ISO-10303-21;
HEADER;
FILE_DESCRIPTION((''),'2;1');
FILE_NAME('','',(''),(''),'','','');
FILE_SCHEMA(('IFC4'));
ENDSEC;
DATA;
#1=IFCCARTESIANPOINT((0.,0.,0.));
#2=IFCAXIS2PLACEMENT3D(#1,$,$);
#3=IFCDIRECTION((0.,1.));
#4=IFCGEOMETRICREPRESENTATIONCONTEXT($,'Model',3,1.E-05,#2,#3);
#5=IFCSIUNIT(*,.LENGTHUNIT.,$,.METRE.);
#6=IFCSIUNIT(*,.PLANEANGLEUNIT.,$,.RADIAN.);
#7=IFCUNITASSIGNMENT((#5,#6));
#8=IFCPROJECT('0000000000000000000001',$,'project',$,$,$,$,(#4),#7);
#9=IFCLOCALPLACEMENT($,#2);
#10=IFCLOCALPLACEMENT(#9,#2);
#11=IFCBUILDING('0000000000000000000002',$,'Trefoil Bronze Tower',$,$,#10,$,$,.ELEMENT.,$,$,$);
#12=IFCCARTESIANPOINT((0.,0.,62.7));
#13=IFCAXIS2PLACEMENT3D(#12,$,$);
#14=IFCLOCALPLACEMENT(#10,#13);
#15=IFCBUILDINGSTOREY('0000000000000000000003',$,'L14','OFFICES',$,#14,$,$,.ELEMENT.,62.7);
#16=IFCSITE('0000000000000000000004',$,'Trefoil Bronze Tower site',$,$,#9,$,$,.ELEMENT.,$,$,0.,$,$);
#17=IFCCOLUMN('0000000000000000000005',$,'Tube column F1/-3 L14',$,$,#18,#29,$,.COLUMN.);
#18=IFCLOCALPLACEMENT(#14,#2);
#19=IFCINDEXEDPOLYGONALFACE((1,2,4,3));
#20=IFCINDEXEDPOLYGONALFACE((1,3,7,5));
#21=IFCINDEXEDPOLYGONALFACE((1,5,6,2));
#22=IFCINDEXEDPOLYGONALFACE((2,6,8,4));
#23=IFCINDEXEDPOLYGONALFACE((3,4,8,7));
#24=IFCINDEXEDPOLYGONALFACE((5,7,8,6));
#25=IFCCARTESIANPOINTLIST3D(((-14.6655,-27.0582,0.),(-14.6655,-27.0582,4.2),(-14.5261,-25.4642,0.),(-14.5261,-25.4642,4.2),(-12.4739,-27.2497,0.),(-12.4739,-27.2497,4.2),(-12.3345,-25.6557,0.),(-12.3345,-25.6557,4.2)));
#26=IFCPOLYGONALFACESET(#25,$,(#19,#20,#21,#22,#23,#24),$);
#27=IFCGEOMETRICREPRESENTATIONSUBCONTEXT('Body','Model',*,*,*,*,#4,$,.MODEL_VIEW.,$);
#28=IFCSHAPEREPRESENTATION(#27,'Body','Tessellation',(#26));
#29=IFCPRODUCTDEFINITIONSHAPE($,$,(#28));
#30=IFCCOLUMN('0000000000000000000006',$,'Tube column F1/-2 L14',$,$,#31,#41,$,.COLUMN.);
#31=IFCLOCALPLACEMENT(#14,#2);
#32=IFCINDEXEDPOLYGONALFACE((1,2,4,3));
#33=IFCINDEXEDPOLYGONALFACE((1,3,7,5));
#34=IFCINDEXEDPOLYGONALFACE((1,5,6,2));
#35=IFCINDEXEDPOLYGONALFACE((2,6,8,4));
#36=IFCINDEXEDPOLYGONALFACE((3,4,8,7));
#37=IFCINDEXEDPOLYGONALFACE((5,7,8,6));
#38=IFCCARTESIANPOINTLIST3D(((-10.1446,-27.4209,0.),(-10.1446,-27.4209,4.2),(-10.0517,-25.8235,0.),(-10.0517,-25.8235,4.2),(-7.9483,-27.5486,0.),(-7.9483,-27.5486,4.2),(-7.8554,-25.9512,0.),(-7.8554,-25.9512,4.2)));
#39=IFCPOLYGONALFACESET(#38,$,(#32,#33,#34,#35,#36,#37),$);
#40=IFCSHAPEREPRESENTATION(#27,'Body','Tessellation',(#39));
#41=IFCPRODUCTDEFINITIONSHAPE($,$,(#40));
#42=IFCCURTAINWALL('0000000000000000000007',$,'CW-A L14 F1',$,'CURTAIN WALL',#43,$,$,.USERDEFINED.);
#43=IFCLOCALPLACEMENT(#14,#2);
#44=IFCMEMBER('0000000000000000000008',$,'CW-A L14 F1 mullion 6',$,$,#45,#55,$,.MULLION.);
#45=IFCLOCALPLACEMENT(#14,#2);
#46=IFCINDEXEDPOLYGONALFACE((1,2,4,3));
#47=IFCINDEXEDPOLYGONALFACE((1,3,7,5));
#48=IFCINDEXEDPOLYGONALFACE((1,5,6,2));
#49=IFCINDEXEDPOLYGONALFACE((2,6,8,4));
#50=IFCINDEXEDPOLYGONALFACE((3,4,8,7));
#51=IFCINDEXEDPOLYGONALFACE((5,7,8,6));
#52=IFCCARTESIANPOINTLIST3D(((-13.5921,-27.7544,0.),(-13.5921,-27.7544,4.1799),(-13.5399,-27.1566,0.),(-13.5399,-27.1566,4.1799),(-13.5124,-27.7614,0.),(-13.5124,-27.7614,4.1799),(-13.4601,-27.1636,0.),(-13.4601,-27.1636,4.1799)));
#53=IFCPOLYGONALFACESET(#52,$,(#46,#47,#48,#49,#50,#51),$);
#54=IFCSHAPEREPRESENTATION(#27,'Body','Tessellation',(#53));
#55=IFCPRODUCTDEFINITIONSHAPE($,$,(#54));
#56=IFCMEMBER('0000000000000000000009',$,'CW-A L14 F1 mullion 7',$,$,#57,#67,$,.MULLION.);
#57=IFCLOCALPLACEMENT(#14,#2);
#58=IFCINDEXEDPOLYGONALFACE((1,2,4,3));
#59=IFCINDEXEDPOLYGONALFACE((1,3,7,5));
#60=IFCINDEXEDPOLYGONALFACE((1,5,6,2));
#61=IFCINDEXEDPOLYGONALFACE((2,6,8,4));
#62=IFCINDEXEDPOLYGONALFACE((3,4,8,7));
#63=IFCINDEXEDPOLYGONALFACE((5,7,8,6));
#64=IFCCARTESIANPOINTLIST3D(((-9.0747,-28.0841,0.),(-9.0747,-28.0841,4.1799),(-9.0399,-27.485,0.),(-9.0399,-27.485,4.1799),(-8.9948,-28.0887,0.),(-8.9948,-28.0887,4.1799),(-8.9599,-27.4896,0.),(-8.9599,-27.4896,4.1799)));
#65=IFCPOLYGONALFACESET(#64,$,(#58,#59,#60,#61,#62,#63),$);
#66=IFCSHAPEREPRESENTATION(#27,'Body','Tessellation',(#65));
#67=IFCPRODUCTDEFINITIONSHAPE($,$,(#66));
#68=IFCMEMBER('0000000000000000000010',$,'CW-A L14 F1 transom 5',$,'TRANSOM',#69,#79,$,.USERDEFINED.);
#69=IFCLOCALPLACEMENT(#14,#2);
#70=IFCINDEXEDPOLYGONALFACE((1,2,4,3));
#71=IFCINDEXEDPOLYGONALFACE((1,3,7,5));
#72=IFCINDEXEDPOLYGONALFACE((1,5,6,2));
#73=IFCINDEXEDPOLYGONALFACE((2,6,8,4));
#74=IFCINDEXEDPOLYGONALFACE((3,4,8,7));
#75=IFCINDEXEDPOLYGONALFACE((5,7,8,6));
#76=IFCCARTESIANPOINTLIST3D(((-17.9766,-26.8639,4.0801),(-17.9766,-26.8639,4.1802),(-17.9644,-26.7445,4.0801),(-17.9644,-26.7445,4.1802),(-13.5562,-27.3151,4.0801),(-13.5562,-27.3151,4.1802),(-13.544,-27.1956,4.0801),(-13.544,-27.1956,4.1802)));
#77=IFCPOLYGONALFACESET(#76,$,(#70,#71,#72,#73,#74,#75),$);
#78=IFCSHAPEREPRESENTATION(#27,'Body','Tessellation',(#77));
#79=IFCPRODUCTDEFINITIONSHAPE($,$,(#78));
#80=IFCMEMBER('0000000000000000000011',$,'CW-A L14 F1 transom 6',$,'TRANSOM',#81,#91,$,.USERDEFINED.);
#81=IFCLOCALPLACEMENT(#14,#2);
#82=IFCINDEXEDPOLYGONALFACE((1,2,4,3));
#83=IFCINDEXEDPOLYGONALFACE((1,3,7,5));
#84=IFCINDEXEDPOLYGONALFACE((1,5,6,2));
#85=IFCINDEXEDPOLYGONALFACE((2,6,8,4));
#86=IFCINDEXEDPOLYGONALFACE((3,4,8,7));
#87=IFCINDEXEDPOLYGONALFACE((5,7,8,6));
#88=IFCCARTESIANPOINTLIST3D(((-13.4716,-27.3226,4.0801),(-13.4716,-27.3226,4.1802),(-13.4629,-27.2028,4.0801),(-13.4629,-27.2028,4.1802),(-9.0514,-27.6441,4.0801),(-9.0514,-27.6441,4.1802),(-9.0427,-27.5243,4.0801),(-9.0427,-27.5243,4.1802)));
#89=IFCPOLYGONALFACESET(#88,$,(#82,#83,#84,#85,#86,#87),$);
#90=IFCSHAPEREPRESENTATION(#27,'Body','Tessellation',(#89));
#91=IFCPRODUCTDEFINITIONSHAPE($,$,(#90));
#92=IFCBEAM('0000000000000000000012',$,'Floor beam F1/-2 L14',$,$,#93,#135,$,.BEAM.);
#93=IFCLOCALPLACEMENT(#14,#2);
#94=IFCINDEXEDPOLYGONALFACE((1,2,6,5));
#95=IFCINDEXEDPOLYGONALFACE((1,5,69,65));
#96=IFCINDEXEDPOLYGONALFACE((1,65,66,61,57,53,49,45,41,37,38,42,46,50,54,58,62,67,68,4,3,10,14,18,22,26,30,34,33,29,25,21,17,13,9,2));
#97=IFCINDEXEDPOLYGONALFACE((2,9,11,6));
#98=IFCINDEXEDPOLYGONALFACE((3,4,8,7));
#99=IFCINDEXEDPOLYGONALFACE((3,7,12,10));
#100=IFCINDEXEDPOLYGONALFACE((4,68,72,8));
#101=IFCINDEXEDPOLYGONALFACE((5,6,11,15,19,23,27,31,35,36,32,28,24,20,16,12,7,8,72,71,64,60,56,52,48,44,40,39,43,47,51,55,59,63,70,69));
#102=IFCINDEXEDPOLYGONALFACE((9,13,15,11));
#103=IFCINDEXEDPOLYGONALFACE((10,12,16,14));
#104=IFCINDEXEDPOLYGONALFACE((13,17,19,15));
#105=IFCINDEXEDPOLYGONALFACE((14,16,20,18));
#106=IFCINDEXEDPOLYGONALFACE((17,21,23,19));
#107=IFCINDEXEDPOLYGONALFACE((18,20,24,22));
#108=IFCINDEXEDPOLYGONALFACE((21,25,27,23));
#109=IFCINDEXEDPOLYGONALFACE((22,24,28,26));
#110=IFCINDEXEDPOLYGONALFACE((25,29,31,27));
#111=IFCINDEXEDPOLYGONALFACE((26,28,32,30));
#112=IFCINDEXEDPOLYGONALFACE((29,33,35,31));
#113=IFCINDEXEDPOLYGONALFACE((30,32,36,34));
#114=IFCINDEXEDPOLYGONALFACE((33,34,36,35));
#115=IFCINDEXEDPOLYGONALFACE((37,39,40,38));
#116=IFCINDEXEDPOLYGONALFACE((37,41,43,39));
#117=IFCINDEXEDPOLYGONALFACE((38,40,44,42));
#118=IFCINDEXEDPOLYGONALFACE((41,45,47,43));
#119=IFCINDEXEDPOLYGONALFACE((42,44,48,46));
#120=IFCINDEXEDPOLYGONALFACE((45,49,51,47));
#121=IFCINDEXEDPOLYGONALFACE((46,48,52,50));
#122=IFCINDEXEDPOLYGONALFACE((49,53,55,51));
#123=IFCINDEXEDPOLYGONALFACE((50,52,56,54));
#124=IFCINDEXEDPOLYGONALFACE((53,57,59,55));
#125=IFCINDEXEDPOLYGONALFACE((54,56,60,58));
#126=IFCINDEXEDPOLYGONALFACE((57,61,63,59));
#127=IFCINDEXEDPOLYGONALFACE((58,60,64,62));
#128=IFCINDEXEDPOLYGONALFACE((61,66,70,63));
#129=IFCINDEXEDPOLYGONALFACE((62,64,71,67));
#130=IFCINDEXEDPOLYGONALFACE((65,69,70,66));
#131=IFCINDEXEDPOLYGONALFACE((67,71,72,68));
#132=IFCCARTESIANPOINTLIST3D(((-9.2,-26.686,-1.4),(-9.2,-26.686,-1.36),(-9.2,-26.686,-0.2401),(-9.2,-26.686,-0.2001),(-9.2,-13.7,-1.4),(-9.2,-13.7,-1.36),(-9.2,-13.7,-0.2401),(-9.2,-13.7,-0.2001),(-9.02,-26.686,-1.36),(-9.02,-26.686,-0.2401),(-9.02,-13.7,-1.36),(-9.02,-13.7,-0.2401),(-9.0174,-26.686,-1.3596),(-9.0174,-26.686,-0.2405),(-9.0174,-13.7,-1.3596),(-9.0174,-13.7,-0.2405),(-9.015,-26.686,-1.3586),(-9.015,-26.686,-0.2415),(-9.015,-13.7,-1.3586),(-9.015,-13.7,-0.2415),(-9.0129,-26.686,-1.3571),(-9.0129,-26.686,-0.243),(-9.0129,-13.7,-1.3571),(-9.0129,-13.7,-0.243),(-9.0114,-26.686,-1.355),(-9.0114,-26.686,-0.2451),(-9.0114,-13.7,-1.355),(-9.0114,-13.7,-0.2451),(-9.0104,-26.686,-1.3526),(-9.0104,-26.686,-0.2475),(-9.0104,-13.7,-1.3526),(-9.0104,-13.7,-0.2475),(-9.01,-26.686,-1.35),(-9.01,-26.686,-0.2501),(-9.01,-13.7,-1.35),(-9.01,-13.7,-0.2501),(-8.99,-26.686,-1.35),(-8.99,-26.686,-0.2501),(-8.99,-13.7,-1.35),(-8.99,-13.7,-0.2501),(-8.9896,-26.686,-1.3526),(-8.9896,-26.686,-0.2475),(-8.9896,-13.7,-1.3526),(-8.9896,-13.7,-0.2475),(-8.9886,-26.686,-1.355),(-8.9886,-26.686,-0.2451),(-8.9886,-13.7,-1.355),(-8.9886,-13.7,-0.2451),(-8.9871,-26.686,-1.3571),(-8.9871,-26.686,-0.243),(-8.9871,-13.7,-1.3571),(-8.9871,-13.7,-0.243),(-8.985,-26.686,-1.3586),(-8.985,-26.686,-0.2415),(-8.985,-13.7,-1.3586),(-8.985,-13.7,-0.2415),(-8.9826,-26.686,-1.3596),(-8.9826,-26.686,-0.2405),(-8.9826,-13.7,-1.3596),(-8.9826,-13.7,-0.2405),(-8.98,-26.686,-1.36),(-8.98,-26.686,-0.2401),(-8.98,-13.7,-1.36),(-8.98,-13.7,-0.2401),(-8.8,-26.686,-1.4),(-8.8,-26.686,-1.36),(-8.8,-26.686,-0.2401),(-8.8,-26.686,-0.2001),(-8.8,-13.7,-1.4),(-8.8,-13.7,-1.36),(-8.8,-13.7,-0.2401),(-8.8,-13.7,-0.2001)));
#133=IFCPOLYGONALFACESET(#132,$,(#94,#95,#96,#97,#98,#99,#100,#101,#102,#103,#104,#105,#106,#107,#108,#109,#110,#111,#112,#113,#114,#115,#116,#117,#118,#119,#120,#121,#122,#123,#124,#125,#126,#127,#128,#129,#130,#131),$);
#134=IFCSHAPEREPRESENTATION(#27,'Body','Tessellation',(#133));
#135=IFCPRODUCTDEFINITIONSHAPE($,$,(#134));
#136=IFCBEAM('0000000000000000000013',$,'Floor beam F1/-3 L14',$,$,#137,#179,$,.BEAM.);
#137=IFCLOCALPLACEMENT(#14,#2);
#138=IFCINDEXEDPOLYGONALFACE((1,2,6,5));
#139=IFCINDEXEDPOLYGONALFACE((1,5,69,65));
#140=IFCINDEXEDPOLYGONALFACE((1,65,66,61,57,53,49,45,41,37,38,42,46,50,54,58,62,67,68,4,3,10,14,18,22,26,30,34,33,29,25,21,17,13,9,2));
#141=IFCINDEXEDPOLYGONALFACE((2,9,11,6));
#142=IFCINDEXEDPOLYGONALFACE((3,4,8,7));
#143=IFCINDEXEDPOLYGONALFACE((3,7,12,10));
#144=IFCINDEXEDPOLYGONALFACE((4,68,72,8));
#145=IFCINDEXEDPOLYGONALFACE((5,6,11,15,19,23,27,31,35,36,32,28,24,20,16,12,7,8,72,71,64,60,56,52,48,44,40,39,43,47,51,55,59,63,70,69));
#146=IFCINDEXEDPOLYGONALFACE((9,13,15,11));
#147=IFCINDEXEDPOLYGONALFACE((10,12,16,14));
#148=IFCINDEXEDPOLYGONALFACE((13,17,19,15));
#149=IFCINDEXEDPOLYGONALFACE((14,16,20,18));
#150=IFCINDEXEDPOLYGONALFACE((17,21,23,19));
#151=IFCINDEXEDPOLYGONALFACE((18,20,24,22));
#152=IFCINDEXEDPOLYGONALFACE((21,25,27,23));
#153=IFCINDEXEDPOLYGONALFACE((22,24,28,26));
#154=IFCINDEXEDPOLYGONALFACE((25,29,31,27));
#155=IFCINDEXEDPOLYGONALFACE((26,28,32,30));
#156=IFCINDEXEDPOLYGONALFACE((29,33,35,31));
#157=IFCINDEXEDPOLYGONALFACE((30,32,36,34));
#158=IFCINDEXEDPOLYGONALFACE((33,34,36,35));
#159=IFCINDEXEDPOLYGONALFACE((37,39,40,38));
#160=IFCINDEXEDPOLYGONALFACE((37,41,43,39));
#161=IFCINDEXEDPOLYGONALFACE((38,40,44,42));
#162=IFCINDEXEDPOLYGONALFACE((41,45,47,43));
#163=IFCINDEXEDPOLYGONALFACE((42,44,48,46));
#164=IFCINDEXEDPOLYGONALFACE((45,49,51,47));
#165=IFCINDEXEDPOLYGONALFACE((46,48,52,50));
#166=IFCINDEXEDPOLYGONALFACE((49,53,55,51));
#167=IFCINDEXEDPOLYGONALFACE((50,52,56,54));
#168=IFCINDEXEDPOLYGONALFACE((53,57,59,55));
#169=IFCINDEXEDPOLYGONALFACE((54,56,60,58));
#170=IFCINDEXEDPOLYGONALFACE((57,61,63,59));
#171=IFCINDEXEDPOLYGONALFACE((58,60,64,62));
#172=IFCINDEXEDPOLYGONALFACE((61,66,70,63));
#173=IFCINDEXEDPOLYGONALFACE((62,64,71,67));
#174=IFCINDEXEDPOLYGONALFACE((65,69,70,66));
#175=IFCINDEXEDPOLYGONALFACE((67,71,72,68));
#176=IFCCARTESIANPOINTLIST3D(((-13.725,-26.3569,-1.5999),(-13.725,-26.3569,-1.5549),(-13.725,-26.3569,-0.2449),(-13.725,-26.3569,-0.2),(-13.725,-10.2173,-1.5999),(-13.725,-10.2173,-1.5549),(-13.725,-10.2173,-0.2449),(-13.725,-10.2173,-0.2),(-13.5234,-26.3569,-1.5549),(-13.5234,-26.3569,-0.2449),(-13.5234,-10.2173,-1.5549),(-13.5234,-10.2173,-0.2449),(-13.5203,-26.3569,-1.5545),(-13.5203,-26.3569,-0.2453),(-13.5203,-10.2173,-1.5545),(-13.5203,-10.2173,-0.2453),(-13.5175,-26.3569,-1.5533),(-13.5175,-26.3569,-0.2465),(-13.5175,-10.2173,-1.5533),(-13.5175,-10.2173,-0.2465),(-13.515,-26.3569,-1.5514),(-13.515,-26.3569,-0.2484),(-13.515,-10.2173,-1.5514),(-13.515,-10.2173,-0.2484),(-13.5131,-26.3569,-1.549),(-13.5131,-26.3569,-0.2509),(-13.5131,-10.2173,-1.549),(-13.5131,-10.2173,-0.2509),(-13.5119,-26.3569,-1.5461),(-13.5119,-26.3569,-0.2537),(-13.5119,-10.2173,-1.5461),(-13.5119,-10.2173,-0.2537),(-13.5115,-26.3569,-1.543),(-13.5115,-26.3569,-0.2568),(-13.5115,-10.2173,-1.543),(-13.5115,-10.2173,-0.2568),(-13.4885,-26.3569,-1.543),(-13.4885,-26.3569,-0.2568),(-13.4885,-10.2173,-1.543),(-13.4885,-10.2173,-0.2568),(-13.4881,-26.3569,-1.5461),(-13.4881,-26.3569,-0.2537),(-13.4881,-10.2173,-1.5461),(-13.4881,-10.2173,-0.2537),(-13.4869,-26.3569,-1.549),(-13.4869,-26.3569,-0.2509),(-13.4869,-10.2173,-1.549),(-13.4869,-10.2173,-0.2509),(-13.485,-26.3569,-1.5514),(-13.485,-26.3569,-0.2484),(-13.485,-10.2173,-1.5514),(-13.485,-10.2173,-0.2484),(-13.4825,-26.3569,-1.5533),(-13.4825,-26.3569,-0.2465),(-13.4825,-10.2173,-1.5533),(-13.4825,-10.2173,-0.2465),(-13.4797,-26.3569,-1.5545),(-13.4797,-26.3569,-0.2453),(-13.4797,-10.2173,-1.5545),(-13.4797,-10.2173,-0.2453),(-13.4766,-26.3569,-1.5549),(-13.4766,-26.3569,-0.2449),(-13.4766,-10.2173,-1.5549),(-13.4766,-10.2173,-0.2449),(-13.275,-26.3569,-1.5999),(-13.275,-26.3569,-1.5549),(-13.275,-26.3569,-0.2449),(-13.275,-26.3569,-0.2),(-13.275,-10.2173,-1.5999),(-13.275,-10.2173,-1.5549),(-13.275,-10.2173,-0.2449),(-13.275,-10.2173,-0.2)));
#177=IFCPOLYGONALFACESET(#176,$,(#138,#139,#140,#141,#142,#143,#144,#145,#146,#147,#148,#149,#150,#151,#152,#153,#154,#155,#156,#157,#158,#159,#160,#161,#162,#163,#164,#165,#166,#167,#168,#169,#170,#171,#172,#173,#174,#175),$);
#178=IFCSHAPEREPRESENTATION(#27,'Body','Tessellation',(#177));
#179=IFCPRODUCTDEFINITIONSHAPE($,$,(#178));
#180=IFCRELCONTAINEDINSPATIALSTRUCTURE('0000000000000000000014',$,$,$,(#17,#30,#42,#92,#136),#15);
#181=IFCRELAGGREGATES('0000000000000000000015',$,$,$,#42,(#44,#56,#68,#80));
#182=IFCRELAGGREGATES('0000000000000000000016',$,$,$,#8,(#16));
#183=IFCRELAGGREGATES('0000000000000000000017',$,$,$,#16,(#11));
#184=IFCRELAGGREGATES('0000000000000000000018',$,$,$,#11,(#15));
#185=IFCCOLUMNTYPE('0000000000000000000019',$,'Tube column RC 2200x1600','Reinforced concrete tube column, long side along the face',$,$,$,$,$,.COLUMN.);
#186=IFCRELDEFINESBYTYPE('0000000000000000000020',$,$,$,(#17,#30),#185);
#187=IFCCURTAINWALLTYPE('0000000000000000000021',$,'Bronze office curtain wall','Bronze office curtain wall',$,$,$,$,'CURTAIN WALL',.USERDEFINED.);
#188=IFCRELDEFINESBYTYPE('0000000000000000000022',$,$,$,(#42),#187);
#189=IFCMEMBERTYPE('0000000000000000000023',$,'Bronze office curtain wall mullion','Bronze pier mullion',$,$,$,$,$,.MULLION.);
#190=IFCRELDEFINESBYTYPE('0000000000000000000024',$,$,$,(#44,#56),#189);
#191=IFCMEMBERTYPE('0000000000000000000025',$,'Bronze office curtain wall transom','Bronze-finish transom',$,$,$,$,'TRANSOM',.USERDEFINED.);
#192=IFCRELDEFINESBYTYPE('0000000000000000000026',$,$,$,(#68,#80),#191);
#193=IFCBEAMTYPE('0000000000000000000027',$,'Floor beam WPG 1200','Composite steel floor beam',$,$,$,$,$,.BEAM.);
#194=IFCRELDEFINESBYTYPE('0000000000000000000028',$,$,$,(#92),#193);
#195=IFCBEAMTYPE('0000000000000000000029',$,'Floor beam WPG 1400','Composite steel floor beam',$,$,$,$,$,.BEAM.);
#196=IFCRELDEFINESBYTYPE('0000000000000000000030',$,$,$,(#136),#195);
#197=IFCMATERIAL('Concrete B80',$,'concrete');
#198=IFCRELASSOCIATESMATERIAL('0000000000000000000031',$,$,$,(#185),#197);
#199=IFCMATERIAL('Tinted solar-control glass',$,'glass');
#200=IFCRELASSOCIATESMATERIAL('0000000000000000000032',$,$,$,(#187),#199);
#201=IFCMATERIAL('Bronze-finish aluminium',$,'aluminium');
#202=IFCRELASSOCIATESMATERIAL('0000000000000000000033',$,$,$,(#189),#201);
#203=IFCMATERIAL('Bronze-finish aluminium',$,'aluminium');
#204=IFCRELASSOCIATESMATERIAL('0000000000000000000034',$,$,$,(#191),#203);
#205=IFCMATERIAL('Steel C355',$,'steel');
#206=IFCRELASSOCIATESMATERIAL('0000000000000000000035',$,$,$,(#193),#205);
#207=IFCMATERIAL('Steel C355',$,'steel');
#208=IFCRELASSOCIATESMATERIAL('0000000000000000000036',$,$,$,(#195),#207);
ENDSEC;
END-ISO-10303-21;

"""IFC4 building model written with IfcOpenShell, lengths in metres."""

from ifc_helpers import new_model, si_unit, direction, frame, origin, origin_2d, place, context, subcontext, project, spatial, rectangle, i_section, extrude, material, material_profile, profile_set, type_object, element, aggregate, save


model = new_model("IFC4")

# Units and contexts
model_context = context("Model", 3, precision=1e-05, world=origin(), true_north=direction((0.0, 1.0)))
body_context = subcontext(model_context, "Body", "Model", "MODEL_VIEW")
ifc_project = project(units=[si_unit("LENGTHUNIT", "METRE"), si_unit("PLANEANGLEUNIT", "RADIAN")], contexts=[model_context])

# Site, building, storey
site_placement = place(None, origin())
site = spatial("IfcSite", under=ifc_project, at=site_placement, Name="Trefoil Bronze Tower site", CompositionType="ELEMENT", RefElevation=0.0)
building_placement = place(site_placement, origin())
building = spatial("IfcBuilding", under=site, at=building_placement, Name="Trefoil Bronze Tower", CompositionType="ELEMENT")
storey_placement = place(building_placement, frame((0.0, 0.0, 62.7)))
storey = spatial("IfcBuildingStorey", under=building, at=storey_placement, Name="L14", Description="OFFICES", CompositionType="ELEMENT", Elevation=62.7)

# Columns
ifc_material_1 = material(Name="Concrete B80", Category="concrete")
ifc_material_profile_1 = material_profile(ifc_material_1, rectangle(XDim=2.2, YDim=1.6001, at=origin_2d()), Name="RC 2200x1600")
ifc_profile_set_1 = profile_set([ifc_material_profile_1], Name="Concrete B80")
column_type = type_object("IfcColumnType", Name="Tube column RC 2200x1600", Description="Reinforced concrete tube column, long side along the face", PredefinedType="COLUMN", material=ifc_profile_set_1)
for number, where, z_axis, x_axis, name in (
    (1, (-13.5, -26.3569, 0.0), (0.0, 0.0, 1.0), (0.996203, -0.087065, 0.0), "Tube column F1/-3 L14"),
    (2, (-9.0, -26.686, 0.0), (0.0, 0.0, 1.0), (0.998314, -0.058043, 0.0), "Tube column F1/-2 L14"),
):
    element("IfcColumn", number, at=place(storey_placement, frame(where, z_axis=z_axis, x_axis=x_axis)), inside=storey, type_object=column_type, Name=name, PredefinedType="COLUMN", context=body_context, shape_type="SweptSolid", body=[
        extrude(rectangle(XDim=2.2, YDim=1.6001, at=origin_2d()), origin(), (0.0, 0.0, 1.0), 4.2),
    ])

# Curtain wall, members
ifc_material_2 = material(Name="Tinted solar-control glass", Category="glass")
curtain_wall_type = type_object("IfcCurtainWallType", Name="Bronze office curtain wall", Description="Bronze office curtain wall", ElementType="CURTAIN WALL", PredefinedType="USERDEFINED", material=ifc_material_2)
curtain_wall_placement = place(storey_placement, origin())
curtain_wall = element("IfcCurtainWall", 3, at=curtain_wall_placement, inside=storey, type_object=curtain_wall_type, Name="CW-A L14 F1", ObjectType="CURTAIN WALL", PredefinedType="USERDEFINED")
ifc_material_3 = material(Name="Bronze-finish aluminium", Category="aluminium")
ifc_material_profile_2 = material_profile(ifc_material_3, rectangle(XDim=0.6001, YDim=0.0801, at=origin_2d()), Name="CW-A mullion")
ifc_profile_set_2 = profile_set([ifc_material_profile_2], Name="Bronze-finish aluminium")
member_type_1 = type_object("IfcMemberType", Name="Bronze office curtain wall mullion", Description="Bronze pier mullion", PredefinedType="MULLION", material=ifc_profile_set_2)
member_1_placement = place(storey_placement, frame((-13.5261, -27.459, 0.0), z_axis=(0.0, 0.0, 1.0), x_axis=(0.087065, 0.996203, 0.0)))
member_1 = element("IfcMember", 4, at=member_1_placement, type_object=member_type_1, Name="CW-A L14 F1 mullion 6", PredefinedType="MULLION", context=body_context, shape_type="SweptSolid", body=[
    extrude(rectangle(XDim=0.6001, YDim=0.0801, at=origin_2d()), origin(), (0.0, 0.0, 1.0), 4.1799),
])
member_2_placement = place(storey_placement, frame((-9.0173, -27.7869, 0.0), z_axis=(0.0, 0.0, 1.0), x_axis=(0.058043, 0.998314, 0.0)))
member_2 = element("IfcMember", 5, at=member_2_placement, type_object=member_type_1, Name="CW-A L14 F1 mullion 7", PredefinedType="MULLION", context=body_context, shape_type="SweptSolid", body=[
    extrude(rectangle(XDim=0.6001, YDim=0.0801, at=origin_2d()), origin(), (0.0, 0.0, 1.0), 4.1799),
])
ifc_material_4 = material(Name="Bronze-finish aluminium", Category="aluminium")
ifc_material_profile_3 = material_profile(ifc_material_4, rectangle(XDim=0.1201, YDim=0.1001, at=origin_2d()), Name="CW-A transom")
ifc_profile_set_3 = profile_set([ifc_material_profile_3], Name="Bronze-finish aluminium")
member_type_2 = type_object("IfcMemberType", Name="Bronze office curtain wall transom", Description="Bronze-finish transom", ElementType="TRANSOM", PredefinedType="USERDEFINED", material=ifc_profile_set_3)
member_3_placement = place(storey_placement, frame((-17.9705, -26.8042, 4.1301), z_axis=(0.994832, -0.101538, 0.0), x_axis=(0.101538, 0.994832, 0.0)))
member_3 = element("IfcMember", 6, at=member_3_placement, type_object=member_type_2, Name="CW-A L14 F1 transom 5", ObjectType="TRANSOM", PredefinedType="USERDEFINED", context=body_context, shape_type="SweptSolid", body=[
    extrude(rectangle(XDim=0.1201, YDim=0.1001, at=origin_2d()), origin(), (0.0, 0.0, 1.0), 4.4434),
])
member_4_placement = place(storey_placement, frame((-13.4673, -27.2627, 4.1301), z_axis=(0.997365, -0.072551, 0.0), x_axis=(0.072551, 0.997365, 0.0)))
member_4 = element("IfcMember", 7, at=member_4_placement, type_object=member_type_2, Name="CW-A L14 F1 transom 6", ObjectType="TRANSOM", PredefinedType="USERDEFINED", context=body_context, shape_type="SweptSolid", body=[
    extrude(rectangle(XDim=0.1201, YDim=0.1001, at=origin_2d()), origin(), (0.0, 0.0, 1.0), 4.4319),
])

# Beams
ifc_material_5 = material(Name="Steel C355", Category="steel")
ifc_material_profile_4 = material_profile(ifc_material_5, i_section(OverallWidth=0.3999, OverallDepth=1.2, WebThickness=0.02, FlangeThickness=0.04, FilletRadius=0.01, at=origin_2d()), Name="WPG 1200")
ifc_profile_set_4 = profile_set([ifc_material_profile_4], Name="Steel C355")
beam_type_1 = type_object("IfcBeamType", Name="Floor beam WPG 1200", Description="Composite steel floor beam", PredefinedType="BEAM", material=ifc_profile_set_4)
beam_1_placement = place(storey_placement, frame((-9.0, -26.686, -0.8), z_axis=(0.0, 1.0, 0.0), x_axis=(-1.0, 0.0, 0.0)))
element("IfcBeam", 8, at=beam_1_placement, inside=storey, type_object=beam_type_1, Name="Floor beam F1/-2 L14", PredefinedType="BEAM", context=body_context, shape_type="SweptSolid", body=[
    extrude(i_section(OverallWidth=0.3999, OverallDepth=1.2, WebThickness=0.02, FlangeThickness=0.04, FilletRadius=0.01, at=origin_2d()), origin(), (0.0, 0.0, 1.0), 12.9861),
])
ifc_material_6 = material(Name="Steel C355", Category="steel")
ifc_material_profile_5 = material_profile(ifc_material_6, i_section(OverallWidth=0.45, OverallDepth=1.3999, WebThickness=0.0229, FlangeThickness=0.0449, FilletRadius=0.012, at=origin_2d()), Name="WPG 1400")
ifc_profile_set_5 = profile_set([ifc_material_profile_5], Name="Steel C355")
beam_type_2 = type_object("IfcBeamType", Name="Floor beam WPG 1400", Description="Composite steel floor beam", PredefinedType="BEAM", material=ifc_profile_set_5)
beam_2_placement = place(storey_placement, frame((-13.5, -26.3569, -0.8999), z_axis=(0.0, 1.0, 0.0), x_axis=(-1.0, 0.0, 0.0)))
element("IfcBeam", 9, at=beam_2_placement, inside=storey, type_object=beam_type_2, Name="Floor beam F1/-3 L14", PredefinedType="BEAM", context=body_context, shape_type="SweptSolid", body=[
    extrude(i_section(OverallWidth=0.45, OverallDepth=1.3999, WebThickness=0.0229, FlangeThickness=0.0449, FilletRadius=0.012, at=origin_2d()), origin(), (0.0, 0.0, 1.0), 16.1396),
])

aggregate(curtain_wall, [member_1, member_2, member_3, member_4])

save(model, "model.ifc")
